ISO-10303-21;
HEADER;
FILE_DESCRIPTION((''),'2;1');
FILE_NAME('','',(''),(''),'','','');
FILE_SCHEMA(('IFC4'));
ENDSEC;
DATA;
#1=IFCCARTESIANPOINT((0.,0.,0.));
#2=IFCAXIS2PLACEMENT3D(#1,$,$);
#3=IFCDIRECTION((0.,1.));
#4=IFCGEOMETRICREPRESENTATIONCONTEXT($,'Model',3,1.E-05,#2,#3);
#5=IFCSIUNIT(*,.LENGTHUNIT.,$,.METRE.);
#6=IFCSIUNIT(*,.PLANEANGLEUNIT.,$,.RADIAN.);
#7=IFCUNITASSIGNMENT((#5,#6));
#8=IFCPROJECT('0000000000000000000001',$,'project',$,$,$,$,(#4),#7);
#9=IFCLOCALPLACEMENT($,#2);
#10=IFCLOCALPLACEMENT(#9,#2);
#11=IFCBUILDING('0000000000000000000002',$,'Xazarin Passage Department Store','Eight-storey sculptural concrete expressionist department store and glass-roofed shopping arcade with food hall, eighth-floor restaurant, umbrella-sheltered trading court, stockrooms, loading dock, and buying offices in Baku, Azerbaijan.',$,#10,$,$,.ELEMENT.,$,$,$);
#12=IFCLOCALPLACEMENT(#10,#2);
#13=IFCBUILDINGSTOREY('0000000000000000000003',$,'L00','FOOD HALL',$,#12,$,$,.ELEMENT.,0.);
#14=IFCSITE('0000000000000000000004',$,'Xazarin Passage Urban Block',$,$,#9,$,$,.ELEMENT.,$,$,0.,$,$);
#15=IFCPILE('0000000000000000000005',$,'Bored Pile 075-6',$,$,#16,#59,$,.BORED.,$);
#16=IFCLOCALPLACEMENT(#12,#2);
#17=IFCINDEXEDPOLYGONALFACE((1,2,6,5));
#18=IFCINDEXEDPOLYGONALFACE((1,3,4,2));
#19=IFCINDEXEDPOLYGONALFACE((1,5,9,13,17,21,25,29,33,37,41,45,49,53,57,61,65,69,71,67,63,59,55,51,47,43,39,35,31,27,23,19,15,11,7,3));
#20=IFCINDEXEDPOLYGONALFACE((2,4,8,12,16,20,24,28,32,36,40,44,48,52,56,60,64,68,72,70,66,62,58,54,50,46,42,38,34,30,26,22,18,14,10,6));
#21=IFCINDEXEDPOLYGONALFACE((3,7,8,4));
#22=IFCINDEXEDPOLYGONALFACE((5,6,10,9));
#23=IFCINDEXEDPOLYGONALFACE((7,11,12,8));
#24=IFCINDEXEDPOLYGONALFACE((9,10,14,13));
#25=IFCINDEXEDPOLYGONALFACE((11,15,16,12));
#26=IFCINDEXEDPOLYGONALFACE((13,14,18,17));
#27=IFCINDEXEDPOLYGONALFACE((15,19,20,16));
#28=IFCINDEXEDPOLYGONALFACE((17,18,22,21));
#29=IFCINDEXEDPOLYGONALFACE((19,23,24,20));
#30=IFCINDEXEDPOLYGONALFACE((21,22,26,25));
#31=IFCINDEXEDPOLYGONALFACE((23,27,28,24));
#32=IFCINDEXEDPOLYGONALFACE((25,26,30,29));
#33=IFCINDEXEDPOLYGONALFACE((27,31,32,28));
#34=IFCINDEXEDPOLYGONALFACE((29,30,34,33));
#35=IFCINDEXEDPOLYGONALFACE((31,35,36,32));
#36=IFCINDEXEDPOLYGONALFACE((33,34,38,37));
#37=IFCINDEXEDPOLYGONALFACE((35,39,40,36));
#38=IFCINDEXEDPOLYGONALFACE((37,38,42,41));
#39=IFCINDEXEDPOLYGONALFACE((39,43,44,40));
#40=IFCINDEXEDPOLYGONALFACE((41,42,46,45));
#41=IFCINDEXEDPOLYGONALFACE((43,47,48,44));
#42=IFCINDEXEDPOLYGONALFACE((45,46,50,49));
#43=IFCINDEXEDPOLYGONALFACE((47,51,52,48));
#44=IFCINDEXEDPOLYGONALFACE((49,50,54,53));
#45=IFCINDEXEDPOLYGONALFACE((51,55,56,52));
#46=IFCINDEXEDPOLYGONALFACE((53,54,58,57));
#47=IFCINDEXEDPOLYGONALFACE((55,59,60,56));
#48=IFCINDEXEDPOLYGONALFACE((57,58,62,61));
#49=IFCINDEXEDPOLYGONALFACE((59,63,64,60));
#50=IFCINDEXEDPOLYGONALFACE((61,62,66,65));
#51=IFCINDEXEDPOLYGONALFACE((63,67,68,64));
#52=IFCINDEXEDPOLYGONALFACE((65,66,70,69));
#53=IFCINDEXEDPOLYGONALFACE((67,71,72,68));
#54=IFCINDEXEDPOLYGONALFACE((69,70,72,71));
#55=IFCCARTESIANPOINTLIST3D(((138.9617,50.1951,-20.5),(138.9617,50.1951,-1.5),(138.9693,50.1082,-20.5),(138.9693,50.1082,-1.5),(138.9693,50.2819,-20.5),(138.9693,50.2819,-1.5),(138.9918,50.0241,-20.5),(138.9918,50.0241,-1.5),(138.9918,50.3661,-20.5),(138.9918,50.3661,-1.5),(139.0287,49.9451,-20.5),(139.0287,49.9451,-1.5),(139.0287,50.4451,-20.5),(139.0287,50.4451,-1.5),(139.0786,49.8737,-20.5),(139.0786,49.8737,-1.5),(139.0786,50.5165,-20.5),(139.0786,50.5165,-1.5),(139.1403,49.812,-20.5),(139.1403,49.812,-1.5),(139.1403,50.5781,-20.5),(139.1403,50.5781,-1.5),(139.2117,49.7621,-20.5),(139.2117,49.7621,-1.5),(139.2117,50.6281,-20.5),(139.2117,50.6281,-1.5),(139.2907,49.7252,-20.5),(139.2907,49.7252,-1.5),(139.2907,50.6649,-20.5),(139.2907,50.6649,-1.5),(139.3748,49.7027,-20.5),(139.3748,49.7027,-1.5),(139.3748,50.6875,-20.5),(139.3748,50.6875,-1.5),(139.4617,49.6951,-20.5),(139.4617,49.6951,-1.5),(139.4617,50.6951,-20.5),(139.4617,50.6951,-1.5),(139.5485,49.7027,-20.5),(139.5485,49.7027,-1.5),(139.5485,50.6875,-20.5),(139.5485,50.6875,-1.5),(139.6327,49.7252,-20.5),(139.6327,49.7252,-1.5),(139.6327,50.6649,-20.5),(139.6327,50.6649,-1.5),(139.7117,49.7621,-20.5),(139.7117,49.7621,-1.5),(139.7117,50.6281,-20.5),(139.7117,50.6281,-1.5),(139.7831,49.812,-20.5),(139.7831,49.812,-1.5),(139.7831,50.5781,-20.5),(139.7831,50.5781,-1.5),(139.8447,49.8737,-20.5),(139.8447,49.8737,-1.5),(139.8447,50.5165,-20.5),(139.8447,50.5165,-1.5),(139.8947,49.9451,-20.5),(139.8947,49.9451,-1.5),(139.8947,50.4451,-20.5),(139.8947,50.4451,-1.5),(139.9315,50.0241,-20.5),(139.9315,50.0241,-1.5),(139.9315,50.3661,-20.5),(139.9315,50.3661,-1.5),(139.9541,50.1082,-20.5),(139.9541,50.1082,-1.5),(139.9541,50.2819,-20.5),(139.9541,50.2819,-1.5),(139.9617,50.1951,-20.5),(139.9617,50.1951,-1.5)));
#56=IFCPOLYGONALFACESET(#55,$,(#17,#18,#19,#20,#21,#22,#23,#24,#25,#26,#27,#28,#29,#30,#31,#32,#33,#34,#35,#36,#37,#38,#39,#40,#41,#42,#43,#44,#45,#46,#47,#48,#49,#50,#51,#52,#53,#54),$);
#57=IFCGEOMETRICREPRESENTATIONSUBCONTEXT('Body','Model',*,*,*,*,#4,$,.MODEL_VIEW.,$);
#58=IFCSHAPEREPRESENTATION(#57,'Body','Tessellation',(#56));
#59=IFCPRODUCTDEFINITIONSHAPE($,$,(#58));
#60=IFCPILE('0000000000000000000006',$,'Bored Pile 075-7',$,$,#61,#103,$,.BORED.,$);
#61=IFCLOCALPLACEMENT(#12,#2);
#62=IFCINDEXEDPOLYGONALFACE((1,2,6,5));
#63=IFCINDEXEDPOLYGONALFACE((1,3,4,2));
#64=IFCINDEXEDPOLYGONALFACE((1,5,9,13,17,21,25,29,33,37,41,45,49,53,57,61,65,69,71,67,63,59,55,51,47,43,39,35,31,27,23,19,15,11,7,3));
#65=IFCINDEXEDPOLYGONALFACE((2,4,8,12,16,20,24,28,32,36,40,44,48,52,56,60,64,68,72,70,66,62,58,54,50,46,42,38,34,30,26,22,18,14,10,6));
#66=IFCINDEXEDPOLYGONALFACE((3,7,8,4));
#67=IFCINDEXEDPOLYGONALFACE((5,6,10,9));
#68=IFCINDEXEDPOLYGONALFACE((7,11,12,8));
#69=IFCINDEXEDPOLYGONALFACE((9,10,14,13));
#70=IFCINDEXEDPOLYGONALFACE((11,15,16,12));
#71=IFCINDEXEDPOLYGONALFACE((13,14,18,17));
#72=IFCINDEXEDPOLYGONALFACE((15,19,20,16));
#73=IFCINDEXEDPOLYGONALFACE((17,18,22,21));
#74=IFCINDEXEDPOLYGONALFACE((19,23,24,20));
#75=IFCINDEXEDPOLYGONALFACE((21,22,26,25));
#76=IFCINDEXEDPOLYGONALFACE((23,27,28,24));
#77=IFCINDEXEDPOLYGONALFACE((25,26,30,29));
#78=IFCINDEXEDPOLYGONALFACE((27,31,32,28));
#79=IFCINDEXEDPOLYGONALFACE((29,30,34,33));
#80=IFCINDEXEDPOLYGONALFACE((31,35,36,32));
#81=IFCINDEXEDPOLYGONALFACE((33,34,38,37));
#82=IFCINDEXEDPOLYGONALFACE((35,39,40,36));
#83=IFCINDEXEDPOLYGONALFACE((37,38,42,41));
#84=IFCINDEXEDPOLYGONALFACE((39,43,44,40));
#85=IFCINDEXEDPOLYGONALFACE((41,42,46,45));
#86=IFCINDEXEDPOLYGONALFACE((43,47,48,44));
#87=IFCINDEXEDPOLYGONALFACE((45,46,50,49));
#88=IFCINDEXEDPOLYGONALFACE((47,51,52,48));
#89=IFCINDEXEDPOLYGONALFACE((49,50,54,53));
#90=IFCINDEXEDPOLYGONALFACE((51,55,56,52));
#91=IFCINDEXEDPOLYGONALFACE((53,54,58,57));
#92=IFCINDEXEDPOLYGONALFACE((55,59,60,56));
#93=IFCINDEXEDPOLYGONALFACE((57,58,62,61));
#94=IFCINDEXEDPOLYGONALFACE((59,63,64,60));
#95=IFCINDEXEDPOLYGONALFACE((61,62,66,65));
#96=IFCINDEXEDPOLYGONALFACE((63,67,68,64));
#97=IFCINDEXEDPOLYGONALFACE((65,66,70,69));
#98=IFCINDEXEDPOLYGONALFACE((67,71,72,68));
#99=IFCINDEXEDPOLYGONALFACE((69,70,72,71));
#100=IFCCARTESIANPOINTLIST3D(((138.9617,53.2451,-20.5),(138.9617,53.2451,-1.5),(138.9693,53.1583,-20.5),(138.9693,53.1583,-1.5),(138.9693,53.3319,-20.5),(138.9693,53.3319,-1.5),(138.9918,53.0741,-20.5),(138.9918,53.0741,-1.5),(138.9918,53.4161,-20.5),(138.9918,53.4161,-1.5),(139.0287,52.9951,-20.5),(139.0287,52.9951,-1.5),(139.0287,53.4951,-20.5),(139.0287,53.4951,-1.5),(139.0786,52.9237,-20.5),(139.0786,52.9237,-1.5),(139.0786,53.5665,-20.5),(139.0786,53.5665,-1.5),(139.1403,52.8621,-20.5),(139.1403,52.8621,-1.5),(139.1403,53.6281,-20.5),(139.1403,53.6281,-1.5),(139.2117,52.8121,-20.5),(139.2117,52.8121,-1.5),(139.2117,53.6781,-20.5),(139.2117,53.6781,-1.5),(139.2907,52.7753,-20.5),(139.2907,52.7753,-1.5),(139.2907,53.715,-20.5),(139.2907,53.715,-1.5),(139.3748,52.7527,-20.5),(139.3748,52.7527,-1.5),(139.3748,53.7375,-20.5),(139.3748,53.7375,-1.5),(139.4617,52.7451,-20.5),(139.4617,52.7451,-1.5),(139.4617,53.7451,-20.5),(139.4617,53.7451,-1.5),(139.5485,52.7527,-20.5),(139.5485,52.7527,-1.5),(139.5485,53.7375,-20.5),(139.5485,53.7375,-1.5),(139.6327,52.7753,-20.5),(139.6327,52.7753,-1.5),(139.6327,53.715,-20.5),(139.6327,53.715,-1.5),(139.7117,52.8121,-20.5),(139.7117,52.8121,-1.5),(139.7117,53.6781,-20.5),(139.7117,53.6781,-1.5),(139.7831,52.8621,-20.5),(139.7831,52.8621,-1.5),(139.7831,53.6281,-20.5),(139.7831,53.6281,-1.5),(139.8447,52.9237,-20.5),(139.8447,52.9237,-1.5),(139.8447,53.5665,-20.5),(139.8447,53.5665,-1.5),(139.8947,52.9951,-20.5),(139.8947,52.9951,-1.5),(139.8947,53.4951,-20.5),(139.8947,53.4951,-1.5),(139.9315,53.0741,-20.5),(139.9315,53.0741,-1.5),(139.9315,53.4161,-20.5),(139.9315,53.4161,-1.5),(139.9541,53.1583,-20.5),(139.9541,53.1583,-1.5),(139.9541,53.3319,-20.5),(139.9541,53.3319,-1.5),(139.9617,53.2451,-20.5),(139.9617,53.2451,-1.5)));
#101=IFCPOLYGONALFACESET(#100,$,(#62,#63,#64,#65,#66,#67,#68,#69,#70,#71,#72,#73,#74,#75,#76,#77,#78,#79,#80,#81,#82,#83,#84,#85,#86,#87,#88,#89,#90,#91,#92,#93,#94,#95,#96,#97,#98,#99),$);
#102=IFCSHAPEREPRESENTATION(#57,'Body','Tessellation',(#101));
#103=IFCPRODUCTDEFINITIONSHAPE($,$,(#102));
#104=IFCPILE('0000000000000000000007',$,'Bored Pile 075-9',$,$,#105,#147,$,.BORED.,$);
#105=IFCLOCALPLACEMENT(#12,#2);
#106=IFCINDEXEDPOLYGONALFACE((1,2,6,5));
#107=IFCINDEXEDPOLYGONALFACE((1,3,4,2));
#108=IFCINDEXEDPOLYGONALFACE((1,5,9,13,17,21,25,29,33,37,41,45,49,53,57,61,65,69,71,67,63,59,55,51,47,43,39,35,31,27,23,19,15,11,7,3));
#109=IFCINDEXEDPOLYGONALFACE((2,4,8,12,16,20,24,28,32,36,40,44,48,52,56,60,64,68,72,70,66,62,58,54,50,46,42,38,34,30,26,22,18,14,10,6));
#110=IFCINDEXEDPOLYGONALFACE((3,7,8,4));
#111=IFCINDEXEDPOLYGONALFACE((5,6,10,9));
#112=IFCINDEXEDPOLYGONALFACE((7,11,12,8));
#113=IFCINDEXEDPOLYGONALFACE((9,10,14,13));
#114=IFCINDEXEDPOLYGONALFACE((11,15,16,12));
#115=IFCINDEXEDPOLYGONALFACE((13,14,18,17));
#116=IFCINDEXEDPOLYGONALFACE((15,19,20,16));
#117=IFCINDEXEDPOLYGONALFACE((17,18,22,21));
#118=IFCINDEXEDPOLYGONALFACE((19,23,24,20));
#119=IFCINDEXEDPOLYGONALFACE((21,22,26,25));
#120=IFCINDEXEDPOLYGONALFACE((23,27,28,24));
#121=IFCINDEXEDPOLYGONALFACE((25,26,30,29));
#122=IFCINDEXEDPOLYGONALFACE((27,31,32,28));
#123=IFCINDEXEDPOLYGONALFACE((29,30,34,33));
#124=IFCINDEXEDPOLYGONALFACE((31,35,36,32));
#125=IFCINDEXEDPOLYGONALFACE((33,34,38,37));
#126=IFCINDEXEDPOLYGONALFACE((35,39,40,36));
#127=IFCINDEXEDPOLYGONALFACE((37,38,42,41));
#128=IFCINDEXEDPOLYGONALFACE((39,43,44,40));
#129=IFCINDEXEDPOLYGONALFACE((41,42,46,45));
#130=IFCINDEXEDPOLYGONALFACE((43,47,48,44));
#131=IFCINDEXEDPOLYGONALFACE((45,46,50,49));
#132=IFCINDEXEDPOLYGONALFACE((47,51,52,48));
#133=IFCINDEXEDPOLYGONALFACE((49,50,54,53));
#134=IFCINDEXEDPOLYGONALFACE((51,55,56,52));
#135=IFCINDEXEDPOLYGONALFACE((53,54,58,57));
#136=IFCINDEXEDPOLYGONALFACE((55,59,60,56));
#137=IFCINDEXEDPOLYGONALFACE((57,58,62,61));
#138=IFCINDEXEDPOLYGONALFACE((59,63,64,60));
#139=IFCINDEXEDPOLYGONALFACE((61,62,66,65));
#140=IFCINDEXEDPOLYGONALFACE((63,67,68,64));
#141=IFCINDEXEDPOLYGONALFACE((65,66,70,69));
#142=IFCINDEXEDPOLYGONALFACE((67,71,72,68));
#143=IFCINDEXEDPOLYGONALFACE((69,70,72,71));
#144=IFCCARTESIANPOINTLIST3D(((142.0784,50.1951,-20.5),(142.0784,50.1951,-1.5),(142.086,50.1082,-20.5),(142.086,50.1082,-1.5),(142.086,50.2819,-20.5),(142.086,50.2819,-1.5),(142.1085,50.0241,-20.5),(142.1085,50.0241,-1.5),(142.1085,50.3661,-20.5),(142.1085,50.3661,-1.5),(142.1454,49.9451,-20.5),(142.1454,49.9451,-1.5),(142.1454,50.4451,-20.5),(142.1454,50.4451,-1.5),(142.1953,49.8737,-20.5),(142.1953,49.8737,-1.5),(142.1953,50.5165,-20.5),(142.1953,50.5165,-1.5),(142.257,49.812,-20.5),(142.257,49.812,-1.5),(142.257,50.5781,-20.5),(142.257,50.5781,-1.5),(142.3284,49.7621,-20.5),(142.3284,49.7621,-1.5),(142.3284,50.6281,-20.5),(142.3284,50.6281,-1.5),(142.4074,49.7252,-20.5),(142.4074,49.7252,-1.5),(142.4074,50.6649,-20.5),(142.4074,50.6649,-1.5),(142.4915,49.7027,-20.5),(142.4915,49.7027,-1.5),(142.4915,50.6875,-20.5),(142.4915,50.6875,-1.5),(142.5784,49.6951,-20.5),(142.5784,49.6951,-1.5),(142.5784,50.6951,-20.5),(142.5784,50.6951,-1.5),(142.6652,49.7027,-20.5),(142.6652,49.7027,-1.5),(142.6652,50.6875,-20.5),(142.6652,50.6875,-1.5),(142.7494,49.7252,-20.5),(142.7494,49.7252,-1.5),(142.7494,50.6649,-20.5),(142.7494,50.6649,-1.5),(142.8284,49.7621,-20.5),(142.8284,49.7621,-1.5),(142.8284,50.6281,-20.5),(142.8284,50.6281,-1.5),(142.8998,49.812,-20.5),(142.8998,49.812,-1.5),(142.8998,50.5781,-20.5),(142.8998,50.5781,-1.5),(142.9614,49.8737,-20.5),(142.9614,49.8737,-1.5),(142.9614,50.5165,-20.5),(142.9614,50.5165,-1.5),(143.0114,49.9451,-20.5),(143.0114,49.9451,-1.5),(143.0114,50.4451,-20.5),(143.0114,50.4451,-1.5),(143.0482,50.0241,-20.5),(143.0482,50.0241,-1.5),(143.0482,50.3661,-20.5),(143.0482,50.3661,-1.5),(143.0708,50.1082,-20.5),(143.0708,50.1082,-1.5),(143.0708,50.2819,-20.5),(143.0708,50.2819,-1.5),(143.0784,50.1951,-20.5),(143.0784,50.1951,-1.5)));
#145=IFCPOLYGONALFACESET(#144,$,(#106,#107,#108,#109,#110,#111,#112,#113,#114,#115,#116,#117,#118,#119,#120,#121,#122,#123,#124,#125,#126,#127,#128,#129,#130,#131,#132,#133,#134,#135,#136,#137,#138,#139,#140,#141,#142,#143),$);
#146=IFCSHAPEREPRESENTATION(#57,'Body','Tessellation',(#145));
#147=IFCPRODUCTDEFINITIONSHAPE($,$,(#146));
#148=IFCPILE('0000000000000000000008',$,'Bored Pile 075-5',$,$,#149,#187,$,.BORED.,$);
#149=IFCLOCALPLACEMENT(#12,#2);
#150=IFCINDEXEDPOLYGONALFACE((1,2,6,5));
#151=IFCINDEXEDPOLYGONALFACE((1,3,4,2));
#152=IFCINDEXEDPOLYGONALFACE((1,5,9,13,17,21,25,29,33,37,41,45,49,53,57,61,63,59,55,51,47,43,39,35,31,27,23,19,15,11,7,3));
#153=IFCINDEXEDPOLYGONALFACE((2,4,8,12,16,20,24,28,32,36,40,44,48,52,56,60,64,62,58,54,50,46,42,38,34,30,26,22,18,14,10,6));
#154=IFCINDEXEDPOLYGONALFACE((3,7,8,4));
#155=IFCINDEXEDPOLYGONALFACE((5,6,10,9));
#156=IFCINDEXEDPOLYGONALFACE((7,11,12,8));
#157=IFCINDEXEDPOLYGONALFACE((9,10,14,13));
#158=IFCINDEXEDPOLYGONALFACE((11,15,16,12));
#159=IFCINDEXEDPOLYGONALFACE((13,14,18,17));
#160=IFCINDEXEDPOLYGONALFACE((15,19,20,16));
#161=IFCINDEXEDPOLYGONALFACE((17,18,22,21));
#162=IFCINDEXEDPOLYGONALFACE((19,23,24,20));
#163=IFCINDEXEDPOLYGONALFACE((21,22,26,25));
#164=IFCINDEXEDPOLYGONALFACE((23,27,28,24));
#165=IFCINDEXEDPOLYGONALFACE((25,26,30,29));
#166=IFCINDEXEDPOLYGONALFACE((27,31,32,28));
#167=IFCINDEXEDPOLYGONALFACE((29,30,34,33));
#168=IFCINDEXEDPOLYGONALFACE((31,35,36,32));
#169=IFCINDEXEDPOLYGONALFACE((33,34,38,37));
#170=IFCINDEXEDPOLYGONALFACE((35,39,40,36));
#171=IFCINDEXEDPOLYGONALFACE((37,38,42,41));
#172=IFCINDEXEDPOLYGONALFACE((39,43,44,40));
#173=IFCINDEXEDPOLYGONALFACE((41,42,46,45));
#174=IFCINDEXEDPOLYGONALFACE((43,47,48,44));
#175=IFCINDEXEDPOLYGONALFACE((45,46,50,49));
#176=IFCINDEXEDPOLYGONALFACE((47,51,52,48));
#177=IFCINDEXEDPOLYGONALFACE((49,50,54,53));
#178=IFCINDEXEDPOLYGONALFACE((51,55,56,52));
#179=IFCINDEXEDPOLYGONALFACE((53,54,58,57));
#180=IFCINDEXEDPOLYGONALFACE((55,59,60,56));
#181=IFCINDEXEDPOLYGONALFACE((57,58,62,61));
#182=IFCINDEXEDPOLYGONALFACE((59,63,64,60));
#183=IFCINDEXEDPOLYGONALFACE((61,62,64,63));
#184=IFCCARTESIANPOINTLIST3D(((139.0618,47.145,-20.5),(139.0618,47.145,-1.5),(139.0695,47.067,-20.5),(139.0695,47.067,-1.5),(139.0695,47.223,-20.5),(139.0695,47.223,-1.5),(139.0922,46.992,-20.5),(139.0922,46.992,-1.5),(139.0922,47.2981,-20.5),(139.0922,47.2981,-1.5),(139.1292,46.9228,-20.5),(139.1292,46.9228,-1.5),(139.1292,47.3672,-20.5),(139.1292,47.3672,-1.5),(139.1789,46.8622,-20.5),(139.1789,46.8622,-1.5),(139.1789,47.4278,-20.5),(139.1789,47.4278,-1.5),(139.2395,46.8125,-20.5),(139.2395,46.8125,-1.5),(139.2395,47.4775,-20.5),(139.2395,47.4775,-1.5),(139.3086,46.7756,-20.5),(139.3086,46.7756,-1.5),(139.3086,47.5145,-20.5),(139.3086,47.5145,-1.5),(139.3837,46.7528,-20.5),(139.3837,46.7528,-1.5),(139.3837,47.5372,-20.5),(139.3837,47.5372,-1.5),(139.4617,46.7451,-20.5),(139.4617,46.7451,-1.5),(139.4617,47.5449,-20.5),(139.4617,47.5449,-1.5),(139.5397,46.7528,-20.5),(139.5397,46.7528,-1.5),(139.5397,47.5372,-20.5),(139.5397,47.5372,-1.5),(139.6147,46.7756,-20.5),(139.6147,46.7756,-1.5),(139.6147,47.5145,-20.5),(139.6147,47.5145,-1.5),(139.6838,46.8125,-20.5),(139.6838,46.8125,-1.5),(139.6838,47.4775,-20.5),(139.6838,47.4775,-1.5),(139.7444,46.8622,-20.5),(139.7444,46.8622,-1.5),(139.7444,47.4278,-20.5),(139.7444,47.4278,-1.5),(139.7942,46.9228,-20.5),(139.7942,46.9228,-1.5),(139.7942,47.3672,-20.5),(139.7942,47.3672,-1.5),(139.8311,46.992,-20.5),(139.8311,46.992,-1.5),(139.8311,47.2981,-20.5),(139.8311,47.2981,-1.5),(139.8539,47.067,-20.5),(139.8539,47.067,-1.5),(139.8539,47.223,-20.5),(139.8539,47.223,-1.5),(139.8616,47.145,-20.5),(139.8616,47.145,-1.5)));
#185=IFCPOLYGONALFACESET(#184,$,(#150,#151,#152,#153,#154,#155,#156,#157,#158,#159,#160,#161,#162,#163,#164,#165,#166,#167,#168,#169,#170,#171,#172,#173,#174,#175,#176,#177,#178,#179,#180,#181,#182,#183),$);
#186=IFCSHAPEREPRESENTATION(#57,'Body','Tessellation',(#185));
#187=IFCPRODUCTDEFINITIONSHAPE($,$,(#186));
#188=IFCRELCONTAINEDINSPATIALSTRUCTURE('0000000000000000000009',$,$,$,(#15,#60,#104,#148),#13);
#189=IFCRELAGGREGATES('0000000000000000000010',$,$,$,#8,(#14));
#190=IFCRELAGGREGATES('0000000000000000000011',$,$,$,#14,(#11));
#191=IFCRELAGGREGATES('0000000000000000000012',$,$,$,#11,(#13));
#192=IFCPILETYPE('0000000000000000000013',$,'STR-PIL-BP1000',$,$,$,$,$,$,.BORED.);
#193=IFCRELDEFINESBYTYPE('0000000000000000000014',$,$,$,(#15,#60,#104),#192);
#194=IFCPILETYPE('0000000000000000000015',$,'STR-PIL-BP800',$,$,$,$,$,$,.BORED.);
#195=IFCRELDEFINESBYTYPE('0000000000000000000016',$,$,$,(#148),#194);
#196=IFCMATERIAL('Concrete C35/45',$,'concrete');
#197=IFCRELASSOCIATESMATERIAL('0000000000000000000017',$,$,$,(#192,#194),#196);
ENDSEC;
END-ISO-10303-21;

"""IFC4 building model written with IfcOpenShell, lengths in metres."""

from ifc_helpers import new_model, si_unit, direction, frame, origin, origin_2d, place, context, subcontext, project, spatial, circle, extrude, material, material_profile, profile_set, type_object, element, save


model = new_model("IFC4")

# Units and contexts
model_context = context("Model", 3, precision=1e-05, world=origin(), true_north=direction((0.0, 1.0)))
body_context = subcontext(model_context, "Body", "Model", "MODEL_VIEW")
ifc_project = project(units=[si_unit("LENGTHUNIT", "METRE"), si_unit("PLANEANGLEUNIT", "RADIAN")], contexts=[model_context])

# Site, building, storey
site_placement = place(None, origin())
site = spatial("IfcSite", under=ifc_project, at=site_placement, Name="Xazarin Passage Urban Block", CompositionType="ELEMENT", RefElevation=0.0)
building_placement = place(site_placement, origin())
building = spatial("IfcBuilding", under=site, at=building_placement, Name="Xazarin Passage Department Store", Description="Eight-storey sculptural concrete expressionist department store and glass-roofed shopping arcade with food hall, eighth-floor restaurant, umbrella-sheltered trading court, stockrooms, loading dock, and buying offices in Baku, Azerbaijan.", CompositionType="ELEMENT")
storey_placement = place(building_placement, origin())
storey = spatial("IfcBuildingStorey", under=building, at=storey_placement, Name="L00", Description="FOOD HALL", CompositionType="ELEMENT", Elevation=0.0)

# Shared definitions
ifc_material_1 = material(Name="Concrete C35/45", Category="concrete")

# Piles
ifc_material_profile_1 = material_profile(ifc_material_1, circle(Radius=0.5, at=origin_2d()), Name="BP 1000")
ifc_profile_set_1 = profile_set([ifc_material_profile_1], Name="Concrete C35/45")
pile_type_1 = type_object("IfcPileType", Name="STR-PIL-BP1000", PredefinedType="BORED", material=ifc_profile_set_1)
for number, where, z_axis, x_axis, name in (
    (1, (139.4617, 50.1951, -1.5), (0.0, 0.0, -1.0), (1.0, 0.0, 0.0), "Bored Pile 075-6"),
    (2, (139.4617, 53.2451, -1.5), (0.0, 0.0, -1.0), (1.0, 0.0, 0.0), "Bored Pile 075-7"),
    (3, (142.5784, 50.1951, -1.5), (0.0, 0.0, -1.0), (1.0, 0.0, 0.0), "Bored Pile 075-9"),
):
    element("IfcPile", number, at=place(storey_placement, frame(where, z_axis=z_axis, x_axis=x_axis)), inside=storey, type_object=pile_type_1, Name=name, PredefinedType="BORED", context=body_context, shape_type="SweptSolid", body=[
        extrude(circle(Radius=0.5, at=origin_2d()), origin(), (0.0, 0.0, 1.0), 19.0),
    ])
ifc_material_profile_2 = material_profile(ifc_material_1, circle(Radius=0.3999, at=origin_2d()), Name="BP 800")
ifc_profile_set_2 = profile_set([ifc_material_profile_2], Name="Concrete C35/45")
pile_type_2 = type_object("IfcPileType", Name="STR-PIL-BP800", PredefinedType="BORED", material=ifc_profile_set_2)
for number, where, z_axis, x_axis, name in (
    (4, (139.4617, 47.145, -1.5), (0.0, 0.0, -1.0), (1.0, 0.0, 0.0), "Bored Pile 075-5"),
):
    element("IfcPile", number, at=place(storey_placement, frame(where, z_axis=z_axis, x_axis=x_axis)), inside=storey, type_object=pile_type_2, Name=name, PredefinedType="BORED", context=body_context, shape_type="SweptSolid", body=[
        extrude(circle(Radius=0.3999, at=origin_2d()), origin(), (0.0, 0.0, 1.0), 19.0),
    ])

save(model, "model.ifc")
